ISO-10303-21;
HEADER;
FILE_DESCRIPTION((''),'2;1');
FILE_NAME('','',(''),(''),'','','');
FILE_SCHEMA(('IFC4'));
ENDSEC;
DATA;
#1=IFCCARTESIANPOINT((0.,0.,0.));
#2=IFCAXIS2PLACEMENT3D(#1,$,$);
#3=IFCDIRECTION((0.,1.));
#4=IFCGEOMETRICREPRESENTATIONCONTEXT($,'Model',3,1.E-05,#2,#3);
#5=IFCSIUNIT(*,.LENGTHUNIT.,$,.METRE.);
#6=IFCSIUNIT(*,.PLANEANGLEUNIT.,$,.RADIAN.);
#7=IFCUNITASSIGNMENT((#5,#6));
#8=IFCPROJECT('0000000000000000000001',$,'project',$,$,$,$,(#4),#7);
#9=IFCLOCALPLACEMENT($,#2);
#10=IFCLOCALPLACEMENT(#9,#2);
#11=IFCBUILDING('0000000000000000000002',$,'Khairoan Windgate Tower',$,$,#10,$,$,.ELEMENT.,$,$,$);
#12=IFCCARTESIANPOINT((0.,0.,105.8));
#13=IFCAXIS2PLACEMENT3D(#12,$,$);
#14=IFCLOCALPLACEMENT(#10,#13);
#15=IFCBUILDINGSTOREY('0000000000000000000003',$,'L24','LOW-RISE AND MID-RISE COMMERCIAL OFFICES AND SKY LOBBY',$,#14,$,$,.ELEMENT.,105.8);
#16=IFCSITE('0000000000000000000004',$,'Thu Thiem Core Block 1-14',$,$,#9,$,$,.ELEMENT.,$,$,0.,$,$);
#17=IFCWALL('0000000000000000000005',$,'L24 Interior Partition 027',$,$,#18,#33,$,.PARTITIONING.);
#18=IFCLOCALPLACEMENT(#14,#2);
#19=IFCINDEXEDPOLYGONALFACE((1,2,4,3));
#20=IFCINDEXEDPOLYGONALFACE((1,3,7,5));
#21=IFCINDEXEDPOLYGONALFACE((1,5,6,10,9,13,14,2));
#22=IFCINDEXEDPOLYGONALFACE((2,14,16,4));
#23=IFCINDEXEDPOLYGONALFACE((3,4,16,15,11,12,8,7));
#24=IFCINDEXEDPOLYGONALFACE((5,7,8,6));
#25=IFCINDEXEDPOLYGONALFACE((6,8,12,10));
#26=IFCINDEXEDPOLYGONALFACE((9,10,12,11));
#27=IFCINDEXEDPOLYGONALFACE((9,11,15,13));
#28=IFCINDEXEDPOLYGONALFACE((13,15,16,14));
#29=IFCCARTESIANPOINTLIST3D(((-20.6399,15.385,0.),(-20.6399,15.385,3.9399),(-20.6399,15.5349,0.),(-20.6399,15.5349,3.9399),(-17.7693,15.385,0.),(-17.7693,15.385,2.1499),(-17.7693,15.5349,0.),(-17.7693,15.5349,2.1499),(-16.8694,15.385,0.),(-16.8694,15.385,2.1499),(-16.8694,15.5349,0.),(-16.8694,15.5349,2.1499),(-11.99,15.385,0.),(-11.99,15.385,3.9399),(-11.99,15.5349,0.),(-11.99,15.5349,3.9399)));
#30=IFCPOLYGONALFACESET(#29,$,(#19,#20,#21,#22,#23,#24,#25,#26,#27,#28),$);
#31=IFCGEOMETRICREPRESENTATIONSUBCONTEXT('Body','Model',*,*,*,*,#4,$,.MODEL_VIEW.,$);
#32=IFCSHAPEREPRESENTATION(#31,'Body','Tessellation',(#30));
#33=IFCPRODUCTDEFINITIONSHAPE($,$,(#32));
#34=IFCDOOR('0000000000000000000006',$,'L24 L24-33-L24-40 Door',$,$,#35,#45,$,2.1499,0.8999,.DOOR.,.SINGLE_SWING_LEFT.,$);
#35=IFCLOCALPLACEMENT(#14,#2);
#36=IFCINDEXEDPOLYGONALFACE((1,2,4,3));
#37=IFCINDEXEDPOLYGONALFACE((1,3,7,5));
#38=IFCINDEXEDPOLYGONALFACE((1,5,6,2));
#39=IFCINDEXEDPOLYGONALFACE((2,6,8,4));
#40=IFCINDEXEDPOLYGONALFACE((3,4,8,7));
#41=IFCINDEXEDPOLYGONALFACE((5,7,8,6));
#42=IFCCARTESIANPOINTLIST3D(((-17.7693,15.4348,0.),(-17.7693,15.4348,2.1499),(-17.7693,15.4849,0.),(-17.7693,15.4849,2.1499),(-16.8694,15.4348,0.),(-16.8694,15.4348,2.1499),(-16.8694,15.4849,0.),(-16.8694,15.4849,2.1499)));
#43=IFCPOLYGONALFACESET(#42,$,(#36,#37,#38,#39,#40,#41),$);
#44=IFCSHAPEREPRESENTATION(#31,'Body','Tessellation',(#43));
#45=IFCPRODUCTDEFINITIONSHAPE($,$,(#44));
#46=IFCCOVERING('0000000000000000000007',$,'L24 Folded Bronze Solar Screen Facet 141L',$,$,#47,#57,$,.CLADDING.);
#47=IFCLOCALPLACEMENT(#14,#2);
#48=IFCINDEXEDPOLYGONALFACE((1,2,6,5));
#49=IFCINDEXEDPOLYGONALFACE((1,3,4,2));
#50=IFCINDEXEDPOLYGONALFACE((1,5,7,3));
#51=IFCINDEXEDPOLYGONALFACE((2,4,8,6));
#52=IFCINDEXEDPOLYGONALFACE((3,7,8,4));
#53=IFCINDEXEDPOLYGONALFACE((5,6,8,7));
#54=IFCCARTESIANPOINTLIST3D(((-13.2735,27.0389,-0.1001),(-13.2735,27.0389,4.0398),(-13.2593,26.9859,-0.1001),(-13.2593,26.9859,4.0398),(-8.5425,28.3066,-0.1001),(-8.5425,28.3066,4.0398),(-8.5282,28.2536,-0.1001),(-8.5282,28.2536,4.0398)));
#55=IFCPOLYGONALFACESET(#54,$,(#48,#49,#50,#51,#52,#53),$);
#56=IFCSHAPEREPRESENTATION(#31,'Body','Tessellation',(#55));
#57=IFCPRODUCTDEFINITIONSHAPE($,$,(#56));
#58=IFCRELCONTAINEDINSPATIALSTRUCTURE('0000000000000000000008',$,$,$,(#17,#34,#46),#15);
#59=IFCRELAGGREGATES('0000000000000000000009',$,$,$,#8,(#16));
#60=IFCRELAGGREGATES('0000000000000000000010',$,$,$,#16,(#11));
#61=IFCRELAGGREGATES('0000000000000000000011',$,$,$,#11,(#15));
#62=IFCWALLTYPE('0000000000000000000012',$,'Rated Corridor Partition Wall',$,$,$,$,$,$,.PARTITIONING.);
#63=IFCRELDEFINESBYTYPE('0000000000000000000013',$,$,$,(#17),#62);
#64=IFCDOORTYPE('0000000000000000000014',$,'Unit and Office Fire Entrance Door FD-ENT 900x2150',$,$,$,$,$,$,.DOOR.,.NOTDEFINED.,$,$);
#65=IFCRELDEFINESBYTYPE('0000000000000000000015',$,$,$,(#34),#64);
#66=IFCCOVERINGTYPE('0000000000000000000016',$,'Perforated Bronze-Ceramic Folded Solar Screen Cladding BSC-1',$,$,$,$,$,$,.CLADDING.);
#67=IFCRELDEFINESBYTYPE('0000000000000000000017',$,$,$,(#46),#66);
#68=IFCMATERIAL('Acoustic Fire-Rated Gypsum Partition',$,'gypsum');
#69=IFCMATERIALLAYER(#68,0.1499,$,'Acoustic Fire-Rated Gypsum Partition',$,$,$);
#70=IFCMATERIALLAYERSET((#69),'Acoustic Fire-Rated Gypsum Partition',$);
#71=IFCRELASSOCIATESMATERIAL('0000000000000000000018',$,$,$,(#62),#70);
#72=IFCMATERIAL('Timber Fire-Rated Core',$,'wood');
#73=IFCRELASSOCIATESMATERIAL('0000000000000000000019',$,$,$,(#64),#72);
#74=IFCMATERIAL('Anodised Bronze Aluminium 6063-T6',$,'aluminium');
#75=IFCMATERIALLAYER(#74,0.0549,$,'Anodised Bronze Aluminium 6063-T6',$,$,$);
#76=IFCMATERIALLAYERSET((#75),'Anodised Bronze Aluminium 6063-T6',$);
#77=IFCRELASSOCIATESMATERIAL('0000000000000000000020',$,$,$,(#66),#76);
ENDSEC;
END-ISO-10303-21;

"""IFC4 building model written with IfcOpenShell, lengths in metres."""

from ifc_helpers import new_model, si_unit, direction, frame, frame_2d, origin, origin_2d, place, context, subcontext, project, spatial, rectangle, extrude, material, layer, layer_set, type_object, element, fill, save


model = new_model("IFC4")

# Units and contexts
model_context = context("Model", 3, precision=1e-05, world=origin(), true_north=direction((0.0, 1.0)))
body_context = subcontext(model_context, "Body", "Model", "MODEL_VIEW")
ifc_project = project(units=[si_unit("LENGTHUNIT", "METRE"), si_unit("PLANEANGLEUNIT", "RADIAN")], contexts=[model_context])

# Site, building, storey
site_placement = place(None, origin())
site = spatial("IfcSite", under=ifc_project, at=site_placement, Name="Thu Thiem Core Block 1-14", CompositionType="ELEMENT", RefElevation=0.0)
building_placement = place(site_placement, origin())
building = spatial("IfcBuilding", under=site, at=building_placement, Name="Khairoan Windgate Tower", CompositionType="ELEMENT")
storey_placement = place(building_placement, frame((0.0, 0.0, 105.8)))
storey = spatial("IfcBuildingStorey", under=building, at=storey_placement, Name="L24", Description="LOW-RISE AND MID-RISE COMMERCIAL OFFICES AND SKY LOBBY", CompositionType="ELEMENT", Elevation=105.8)

# Wall, opening, door
ifc_material_1 = material(Name="Acoustic Fire-Rated Gypsum Partition", Category="gypsum")
ifc_layer_1 = layer(ifc_material_1, 0.1499, Name="Acoustic Fire-Rated Gypsum Partition")
ifc_layer_set_1 = layer_set([ifc_layer_1], Name="Acoustic Fire-Rated Gypsum Partition")
wall_type_1 = type_object("IfcWallType", Name="Rated Corridor Partition Wall", PredefinedType="PARTITIONING", material=ifc_layer_set_1)
ifc_material_2 = material(Name="Timber Fire-Rated Core", Category="wood")
door_type = type_object("IfcDoorType", Name="Unit and Office Fire Entrance Door FD-ENT 900x2150", OperationType="NOTDEFINED", PredefinedType="DOOR", material=ifc_material_2)
wall_1_placement = place(storey_placement, frame((-20.6399, 15.46, 0.0), z_axis=(0.0, 0.0, 1.0), x_axis=(1.0, 0.0, 0.0)))
wall_1 = element("IfcWall", 1, at=wall_1_placement, inside=storey, type_object=wall_type_1, Name="L24 Interior Partition 027", PredefinedType="PARTITIONING", context=body_context, shape_type="SweptSolid", body=[
    extrude(rectangle(XDim=8.6499, YDim=0.1499, at=frame_2d((4.325, 0.0))), origin(), (0.0, 0.0, 1.0), 3.9399),
])
opening_1_placement = place(wall_1_placement, frame((2.8706, 0.0, 0.0)))
opening_1 = element("IfcOpeningElement", 2, at=opening_1_placement, cuts=wall_1, PredefinedType="OPENING", context=body_context, shape_type="SweptSolid", body=[
    extrude(rectangle(XDim=0.8999, YDim=2.1499, at=frame_2d((0.45, 1.075))), frame((0.0, 0.085, 0.0), z_axis=(0.0, -1.0, 0.0), x_axis=(1.0, 0.0, 0.0)), (0.0, 0.0, 1.0), 0.1699),
])
door_1_placement = place(opening_1_placement, origin())
door_1 = element("IfcDoor", 3, at=door_1_placement, inside=storey, type_object=door_type, Name="L24 L24-33-L24-40 Door", OperationType="SINGLE_SWING_LEFT", OverallHeight=2.1499, OverallWidth=0.8999, PredefinedType="DOOR", context=body_context, shape_type="SweptSolid", body=[
    extrude(rectangle(XDim=0.8999, YDim=2.1499, at=frame_2d((0.45, 1.075))), frame((0.0, 0.0249, 0.0), z_axis=(0.0, -1.0, 0.0), x_axis=(1.0, 0.0, 0.0)), (0.0, 0.0, 1.0), 0.05),
])
fill(opening_1, door_1)

# Covering
ifc_material_3 = material(Name="Anodised Bronze Aluminium 6063-T6", Category="aluminium")
ifc_layer_2 = layer(ifc_material_3, 0.0549, Name="Anodised Bronze Aluminium 6063-T6")
ifc_layer_set_2 = layer_set([ifc_layer_2], Name="Anodised Bronze Aluminium 6063-T6")
covering_type = type_object("IfcCoveringType", Name="Perforated Bronze-Ceramic Folded Solar Screen Cladding BSC-1", PredefinedType="CLADDING", material=ifc_layer_set_2)
covering_placement = place(storey_placement, frame((-10.9009, 27.6462, -0.1001), z_axis=(0.0, 0.0, 1.0), x_axis=(0.965926, 0.258819, 0.0)))
element("IfcCovering", 4, at=covering_placement, inside=storey, type_object=covering_type, Name="L24 Folded Bronze Solar Screen Facet 141L", PredefinedType="CLADDING", context=body_context, shape_type="SweptSolid", body=[
    extrude(rectangle(XDim=4.8979, YDim=0.0549, at=origin_2d()), origin(), (0.0, 0.0, 1.0), 4.1399),
])

save(model, "model.ifc")
